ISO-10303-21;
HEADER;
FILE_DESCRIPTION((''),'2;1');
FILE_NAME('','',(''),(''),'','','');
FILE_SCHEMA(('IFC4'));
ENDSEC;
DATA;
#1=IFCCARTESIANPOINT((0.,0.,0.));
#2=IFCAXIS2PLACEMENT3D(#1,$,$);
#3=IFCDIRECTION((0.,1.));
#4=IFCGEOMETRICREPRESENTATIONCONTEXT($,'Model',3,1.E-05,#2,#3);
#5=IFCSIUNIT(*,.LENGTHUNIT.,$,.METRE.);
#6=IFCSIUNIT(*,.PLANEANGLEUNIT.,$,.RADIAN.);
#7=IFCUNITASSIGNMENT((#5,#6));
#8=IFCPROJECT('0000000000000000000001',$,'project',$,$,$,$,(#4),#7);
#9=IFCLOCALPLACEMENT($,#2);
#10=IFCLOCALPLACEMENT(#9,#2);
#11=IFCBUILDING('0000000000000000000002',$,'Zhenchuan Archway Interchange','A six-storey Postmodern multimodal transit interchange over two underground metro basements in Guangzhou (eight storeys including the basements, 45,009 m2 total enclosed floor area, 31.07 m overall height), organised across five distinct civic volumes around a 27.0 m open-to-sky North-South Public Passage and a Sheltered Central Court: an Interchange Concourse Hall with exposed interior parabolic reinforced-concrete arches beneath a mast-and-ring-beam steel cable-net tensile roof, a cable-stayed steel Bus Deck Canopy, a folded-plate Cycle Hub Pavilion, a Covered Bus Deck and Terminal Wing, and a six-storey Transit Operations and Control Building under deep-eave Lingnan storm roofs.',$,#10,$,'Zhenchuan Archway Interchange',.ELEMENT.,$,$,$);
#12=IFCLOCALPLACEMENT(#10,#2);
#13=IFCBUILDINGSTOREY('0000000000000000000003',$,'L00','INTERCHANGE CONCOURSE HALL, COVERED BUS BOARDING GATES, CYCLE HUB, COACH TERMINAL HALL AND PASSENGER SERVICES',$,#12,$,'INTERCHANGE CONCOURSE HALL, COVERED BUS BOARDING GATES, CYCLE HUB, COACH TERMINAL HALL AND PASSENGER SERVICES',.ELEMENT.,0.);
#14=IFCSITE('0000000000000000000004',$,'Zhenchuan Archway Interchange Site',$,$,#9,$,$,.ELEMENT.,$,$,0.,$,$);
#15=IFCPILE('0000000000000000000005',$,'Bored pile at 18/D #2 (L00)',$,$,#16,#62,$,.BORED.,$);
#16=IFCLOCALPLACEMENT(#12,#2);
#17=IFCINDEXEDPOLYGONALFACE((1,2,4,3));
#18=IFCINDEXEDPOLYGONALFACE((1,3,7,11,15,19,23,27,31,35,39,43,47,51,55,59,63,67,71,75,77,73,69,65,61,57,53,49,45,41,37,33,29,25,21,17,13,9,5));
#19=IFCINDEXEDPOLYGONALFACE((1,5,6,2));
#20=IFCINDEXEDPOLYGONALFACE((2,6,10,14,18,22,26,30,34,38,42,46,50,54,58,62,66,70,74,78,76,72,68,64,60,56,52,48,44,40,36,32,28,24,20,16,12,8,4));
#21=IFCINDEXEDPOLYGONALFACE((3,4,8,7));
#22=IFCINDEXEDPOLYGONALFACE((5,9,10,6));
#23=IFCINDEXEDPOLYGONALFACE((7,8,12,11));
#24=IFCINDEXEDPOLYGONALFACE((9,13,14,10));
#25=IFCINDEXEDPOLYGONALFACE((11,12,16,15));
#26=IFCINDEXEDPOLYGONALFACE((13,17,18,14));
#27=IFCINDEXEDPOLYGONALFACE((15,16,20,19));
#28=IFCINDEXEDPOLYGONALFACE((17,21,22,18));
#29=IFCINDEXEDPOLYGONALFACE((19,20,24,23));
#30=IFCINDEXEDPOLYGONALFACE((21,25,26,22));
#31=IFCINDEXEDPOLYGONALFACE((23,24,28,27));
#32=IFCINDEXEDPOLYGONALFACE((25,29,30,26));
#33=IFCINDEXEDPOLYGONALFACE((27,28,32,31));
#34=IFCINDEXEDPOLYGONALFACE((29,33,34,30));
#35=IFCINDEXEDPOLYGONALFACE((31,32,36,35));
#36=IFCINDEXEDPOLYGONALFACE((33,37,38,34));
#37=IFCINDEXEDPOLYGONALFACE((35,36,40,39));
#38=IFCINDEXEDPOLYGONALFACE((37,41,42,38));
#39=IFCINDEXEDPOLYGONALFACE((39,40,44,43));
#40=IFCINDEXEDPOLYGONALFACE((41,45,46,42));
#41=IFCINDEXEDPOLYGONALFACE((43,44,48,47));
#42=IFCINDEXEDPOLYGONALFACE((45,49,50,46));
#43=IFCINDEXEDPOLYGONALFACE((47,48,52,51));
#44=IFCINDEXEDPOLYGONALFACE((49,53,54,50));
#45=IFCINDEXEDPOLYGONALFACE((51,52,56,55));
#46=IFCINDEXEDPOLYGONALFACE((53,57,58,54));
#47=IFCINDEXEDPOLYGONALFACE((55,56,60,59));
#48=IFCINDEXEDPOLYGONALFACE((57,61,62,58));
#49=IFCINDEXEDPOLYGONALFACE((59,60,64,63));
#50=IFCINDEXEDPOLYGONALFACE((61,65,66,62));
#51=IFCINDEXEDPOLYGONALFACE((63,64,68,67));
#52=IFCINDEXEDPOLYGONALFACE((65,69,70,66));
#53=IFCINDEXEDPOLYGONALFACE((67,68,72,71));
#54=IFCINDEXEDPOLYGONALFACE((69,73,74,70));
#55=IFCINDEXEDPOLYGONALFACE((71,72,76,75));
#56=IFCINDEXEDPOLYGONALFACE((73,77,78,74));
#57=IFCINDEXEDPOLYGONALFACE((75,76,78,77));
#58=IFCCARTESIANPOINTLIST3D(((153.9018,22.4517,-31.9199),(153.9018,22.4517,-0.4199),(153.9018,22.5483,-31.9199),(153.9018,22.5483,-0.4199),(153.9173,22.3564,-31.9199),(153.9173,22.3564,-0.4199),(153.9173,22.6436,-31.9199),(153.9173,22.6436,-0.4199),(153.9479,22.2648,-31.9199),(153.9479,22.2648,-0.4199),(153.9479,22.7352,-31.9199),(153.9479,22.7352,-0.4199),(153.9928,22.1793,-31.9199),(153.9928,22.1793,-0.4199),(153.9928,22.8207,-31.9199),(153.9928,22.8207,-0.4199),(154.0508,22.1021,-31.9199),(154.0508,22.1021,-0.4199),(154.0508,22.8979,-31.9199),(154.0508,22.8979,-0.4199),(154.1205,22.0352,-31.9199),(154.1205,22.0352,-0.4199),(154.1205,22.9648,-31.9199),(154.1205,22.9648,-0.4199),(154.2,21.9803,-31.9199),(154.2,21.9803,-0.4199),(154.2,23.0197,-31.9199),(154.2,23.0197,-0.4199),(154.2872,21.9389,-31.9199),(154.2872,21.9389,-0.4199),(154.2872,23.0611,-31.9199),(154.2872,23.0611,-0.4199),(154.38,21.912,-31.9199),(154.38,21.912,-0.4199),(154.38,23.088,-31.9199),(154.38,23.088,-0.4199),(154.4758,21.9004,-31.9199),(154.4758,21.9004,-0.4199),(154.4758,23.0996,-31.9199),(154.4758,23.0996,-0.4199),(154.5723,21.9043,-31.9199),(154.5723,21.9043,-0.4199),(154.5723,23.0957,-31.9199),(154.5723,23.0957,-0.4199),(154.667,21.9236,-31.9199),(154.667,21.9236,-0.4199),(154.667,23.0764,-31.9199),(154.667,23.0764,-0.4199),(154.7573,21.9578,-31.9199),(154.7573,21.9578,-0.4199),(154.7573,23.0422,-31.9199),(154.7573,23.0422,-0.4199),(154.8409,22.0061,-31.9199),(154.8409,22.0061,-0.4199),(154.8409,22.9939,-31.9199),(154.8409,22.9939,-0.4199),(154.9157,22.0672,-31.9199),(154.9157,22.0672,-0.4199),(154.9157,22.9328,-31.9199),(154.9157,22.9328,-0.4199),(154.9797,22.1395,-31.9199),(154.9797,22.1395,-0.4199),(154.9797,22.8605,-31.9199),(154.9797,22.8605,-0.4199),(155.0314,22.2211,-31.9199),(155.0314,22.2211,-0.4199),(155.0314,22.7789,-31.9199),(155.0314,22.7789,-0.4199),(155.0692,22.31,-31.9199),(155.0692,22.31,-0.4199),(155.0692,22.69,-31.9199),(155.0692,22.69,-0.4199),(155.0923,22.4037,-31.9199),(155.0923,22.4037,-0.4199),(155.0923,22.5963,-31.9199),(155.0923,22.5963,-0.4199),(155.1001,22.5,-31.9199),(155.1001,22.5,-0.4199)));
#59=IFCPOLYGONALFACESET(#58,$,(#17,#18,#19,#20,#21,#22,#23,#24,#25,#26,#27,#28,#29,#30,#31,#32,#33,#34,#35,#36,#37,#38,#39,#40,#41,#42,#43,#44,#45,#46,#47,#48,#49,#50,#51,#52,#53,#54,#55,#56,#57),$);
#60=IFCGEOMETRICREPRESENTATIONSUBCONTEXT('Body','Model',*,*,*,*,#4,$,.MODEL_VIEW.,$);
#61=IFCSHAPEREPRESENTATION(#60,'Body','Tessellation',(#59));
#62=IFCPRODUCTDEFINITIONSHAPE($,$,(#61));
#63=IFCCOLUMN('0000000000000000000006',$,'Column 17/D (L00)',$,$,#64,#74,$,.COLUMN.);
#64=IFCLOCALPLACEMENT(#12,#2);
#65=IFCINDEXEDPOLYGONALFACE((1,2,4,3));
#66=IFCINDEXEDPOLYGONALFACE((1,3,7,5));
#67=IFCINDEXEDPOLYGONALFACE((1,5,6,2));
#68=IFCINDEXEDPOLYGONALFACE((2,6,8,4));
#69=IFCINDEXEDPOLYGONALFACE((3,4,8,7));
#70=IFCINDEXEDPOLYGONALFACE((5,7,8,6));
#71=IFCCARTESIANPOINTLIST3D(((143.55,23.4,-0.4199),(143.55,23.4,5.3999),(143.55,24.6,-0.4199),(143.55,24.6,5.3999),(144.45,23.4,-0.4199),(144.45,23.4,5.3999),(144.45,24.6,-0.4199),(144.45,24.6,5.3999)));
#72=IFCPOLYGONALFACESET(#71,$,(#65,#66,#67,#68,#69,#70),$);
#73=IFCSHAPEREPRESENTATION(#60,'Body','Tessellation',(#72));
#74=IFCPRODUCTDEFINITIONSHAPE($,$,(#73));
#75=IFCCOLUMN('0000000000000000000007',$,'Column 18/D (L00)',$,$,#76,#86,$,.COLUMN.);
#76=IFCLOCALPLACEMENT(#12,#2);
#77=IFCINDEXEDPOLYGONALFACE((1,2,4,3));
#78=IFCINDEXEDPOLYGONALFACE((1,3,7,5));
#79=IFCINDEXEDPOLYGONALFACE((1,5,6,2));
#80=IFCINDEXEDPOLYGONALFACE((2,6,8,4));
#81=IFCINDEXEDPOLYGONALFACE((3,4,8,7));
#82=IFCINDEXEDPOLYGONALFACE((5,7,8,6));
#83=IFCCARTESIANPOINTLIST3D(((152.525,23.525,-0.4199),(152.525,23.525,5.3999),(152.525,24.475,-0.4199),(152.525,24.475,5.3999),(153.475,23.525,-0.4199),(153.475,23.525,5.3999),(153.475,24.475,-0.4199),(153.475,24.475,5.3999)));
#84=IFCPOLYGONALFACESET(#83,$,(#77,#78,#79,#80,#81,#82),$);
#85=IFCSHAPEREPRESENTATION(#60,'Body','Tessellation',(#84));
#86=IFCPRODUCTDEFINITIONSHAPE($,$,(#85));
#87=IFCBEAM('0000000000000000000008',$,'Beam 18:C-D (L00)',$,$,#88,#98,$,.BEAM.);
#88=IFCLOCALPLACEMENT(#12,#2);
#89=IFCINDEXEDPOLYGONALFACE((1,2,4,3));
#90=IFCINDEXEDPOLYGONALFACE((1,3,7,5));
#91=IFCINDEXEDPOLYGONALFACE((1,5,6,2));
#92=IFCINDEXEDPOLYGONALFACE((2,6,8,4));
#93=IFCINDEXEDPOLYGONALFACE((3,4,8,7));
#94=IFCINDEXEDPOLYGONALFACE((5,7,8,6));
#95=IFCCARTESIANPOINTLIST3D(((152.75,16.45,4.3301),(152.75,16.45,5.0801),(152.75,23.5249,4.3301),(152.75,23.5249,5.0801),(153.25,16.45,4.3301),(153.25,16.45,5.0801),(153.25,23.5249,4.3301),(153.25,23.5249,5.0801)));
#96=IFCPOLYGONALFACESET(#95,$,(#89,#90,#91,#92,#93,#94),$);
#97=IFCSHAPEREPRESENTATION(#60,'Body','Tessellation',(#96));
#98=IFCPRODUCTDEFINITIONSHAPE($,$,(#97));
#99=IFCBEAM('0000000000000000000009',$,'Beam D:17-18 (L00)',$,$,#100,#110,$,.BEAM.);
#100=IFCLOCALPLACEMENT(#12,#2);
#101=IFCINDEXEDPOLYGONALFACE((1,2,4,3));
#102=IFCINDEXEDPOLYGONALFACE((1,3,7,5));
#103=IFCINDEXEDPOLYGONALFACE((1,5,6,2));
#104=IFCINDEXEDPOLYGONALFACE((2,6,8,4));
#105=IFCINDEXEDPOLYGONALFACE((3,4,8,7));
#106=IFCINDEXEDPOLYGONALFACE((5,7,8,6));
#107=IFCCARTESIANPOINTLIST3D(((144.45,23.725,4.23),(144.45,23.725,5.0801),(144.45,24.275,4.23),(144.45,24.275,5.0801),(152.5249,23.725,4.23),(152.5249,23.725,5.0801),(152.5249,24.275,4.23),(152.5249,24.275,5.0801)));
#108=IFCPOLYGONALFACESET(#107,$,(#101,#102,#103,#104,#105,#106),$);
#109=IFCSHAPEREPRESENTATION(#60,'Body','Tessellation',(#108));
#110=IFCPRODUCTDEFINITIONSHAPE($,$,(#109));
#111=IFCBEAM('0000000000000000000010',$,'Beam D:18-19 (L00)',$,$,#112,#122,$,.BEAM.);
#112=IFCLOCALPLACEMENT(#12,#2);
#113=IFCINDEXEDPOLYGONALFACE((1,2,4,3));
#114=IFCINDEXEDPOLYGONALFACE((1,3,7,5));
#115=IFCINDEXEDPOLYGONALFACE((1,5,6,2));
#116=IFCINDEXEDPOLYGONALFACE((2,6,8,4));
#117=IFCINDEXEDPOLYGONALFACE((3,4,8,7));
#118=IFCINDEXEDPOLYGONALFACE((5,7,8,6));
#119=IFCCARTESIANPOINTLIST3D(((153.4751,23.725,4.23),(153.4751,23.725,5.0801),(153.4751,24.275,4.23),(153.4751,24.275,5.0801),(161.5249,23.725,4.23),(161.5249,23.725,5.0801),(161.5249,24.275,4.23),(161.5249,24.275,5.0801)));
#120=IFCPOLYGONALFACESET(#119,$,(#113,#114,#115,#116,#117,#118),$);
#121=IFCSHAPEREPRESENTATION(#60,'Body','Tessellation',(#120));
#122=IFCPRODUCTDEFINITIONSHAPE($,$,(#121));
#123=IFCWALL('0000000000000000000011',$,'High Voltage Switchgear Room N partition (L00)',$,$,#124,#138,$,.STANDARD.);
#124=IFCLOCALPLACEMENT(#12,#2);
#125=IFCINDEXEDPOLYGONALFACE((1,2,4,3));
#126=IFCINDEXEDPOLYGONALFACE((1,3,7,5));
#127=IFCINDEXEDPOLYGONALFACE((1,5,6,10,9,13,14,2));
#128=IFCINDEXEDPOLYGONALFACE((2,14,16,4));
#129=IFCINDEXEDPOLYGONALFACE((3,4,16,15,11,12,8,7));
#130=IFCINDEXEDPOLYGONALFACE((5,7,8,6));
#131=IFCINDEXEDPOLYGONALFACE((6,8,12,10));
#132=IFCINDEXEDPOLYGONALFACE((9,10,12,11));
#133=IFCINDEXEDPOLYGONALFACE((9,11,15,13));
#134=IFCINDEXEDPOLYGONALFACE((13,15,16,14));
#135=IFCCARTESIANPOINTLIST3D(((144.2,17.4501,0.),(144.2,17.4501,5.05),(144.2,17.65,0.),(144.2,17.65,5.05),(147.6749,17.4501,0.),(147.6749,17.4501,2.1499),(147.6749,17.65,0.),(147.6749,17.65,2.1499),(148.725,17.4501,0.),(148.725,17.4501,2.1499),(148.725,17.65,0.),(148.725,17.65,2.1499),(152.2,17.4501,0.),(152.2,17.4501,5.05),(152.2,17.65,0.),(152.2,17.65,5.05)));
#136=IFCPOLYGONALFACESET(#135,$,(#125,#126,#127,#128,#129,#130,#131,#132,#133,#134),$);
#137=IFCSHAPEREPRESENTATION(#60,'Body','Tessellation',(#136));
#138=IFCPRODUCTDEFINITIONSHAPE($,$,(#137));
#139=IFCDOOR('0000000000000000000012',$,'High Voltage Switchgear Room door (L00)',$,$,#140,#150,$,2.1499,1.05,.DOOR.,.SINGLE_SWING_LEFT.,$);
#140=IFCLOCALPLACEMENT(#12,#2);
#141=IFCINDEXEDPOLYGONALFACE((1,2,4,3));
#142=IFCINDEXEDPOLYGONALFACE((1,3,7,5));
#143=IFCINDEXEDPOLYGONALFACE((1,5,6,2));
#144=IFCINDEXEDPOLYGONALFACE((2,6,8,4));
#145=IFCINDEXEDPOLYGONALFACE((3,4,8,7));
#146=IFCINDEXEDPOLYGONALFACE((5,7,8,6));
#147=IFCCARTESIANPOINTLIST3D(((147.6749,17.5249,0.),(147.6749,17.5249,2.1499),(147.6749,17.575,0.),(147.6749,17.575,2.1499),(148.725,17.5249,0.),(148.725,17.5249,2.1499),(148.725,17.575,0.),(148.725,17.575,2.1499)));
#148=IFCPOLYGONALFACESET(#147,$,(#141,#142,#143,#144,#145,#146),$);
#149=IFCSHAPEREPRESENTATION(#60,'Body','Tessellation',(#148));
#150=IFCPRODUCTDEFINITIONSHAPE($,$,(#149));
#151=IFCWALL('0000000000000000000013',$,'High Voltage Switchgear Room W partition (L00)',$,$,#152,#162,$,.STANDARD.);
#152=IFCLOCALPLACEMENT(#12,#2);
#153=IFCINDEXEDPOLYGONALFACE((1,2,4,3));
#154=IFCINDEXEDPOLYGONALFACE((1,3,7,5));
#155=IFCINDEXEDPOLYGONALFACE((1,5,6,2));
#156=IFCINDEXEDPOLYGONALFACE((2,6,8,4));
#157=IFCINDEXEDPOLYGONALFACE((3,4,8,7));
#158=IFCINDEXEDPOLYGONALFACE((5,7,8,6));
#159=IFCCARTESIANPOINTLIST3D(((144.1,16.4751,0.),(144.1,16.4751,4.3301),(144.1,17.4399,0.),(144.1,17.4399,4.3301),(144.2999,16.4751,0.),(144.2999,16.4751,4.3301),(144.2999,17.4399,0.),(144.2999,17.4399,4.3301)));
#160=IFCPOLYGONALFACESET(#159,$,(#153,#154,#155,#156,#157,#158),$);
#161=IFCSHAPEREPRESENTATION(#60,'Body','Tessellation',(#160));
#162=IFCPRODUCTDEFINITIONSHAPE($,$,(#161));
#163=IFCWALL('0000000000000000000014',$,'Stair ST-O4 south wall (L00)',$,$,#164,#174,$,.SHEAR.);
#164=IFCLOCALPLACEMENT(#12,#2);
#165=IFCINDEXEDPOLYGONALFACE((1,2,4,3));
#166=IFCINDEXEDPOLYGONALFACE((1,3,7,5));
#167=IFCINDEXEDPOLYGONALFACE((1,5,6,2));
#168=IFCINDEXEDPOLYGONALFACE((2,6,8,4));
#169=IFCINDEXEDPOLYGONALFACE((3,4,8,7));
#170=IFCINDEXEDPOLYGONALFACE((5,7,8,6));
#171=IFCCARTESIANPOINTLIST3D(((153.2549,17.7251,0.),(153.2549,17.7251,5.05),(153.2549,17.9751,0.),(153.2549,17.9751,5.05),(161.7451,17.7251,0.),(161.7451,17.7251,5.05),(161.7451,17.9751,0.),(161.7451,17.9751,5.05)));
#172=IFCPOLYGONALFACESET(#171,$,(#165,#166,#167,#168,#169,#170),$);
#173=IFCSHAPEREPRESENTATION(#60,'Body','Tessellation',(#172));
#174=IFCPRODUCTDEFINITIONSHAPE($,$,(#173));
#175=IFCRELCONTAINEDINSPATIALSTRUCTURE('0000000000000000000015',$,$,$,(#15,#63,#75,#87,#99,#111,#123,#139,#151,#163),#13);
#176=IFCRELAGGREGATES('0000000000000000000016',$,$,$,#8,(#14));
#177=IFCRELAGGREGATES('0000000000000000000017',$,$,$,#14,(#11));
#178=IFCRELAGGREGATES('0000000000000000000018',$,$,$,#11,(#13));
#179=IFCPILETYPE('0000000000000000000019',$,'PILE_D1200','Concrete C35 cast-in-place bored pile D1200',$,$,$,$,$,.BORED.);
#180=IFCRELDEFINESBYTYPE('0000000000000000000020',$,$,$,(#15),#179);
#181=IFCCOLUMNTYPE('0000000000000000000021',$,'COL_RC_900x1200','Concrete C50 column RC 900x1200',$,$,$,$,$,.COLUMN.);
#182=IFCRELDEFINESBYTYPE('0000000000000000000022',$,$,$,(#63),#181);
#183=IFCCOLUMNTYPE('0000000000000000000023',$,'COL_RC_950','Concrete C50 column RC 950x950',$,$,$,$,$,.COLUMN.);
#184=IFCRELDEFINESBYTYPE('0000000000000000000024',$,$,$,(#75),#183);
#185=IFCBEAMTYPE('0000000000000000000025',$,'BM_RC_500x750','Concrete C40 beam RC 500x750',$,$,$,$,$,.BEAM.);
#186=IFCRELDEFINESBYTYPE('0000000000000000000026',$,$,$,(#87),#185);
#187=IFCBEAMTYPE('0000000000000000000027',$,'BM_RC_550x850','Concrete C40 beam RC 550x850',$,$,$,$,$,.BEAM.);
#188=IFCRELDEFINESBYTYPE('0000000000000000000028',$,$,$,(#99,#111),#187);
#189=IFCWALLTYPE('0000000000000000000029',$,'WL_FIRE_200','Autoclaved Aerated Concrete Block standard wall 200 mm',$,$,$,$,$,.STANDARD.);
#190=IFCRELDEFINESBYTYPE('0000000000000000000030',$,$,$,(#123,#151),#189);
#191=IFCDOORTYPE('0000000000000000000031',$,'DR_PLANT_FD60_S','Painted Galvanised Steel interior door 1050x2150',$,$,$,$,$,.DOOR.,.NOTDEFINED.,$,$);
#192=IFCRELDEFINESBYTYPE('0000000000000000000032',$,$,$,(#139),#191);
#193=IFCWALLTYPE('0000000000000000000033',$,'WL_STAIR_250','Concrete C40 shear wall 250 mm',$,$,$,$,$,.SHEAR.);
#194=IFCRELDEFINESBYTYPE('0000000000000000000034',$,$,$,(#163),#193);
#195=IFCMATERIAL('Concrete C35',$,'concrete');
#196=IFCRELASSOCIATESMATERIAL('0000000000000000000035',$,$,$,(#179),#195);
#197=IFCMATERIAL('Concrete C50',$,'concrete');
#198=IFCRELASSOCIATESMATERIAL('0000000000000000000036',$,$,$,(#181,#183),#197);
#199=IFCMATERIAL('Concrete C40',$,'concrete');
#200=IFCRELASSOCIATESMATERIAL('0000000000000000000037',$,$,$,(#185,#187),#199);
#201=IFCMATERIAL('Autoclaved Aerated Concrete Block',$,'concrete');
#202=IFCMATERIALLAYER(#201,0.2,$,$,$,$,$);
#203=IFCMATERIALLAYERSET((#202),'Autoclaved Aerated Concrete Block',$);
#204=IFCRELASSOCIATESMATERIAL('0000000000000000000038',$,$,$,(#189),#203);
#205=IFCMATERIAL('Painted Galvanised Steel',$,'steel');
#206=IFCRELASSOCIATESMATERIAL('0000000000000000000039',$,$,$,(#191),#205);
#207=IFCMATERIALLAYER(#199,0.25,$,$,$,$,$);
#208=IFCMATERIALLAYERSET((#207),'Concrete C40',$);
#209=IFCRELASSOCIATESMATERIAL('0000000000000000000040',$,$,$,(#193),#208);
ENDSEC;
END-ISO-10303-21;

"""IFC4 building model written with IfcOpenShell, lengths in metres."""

from ifc_helpers import new_model, si_unit, direction, frame, frame_2d, origin, origin_2d, place, context, subcontext, project, spatial, rectangle, circle, extrude, material, layer, layer_set, material_profile, profile_set, type_object, element, fill, save


model = new_model("IFC4")

# Units and contexts
model_context = context("Model", 3, precision=1e-05, world=origin(), true_north=direction((0.0, 1.0)))
body_context = subcontext(model_context, "Body", "Model", "MODEL_VIEW")
ifc_project = project(units=[si_unit("LENGTHUNIT", "METRE"), si_unit("PLANEANGLEUNIT", "RADIAN")], contexts=[model_context])

# Site, building, storey
site_placement = place(None, origin())
site = spatial("IfcSite", under=ifc_project, at=site_placement, Name="Zhenchuan Archway Interchange Site", CompositionType="ELEMENT", RefElevation=0.0)
building_placement = place(site_placement, origin())
building = spatial("IfcBuilding", under=site, at=building_placement, Name="Zhenchuan Archway Interchange", Description="A six-storey Postmodern multimodal transit interchange over two underground metro basements in Guangzhou (eight storeys including the basements, 45,009 m2 total enclosed floor area, 31.07 m overall height), organised across five distinct civic volumes around a 27.0 m open-to-sky North-South Public Passage and a Sheltered Central Court: an Interchange Concourse Hall with exposed interior parabolic reinforced-concrete arches beneath a mast-and-ring-beam steel cable-net tensile roof, a cable-stayed steel Bus Deck Canopy, a folded-plate Cycle Hub Pavilion, a Covered Bus Deck and Terminal Wing, and a six-storey Transit Operations and Control Building under deep-eave Lingnan storm roofs.", LongName="Zhenchuan Archway Interchange", CompositionType="ELEMENT")
storey_placement = place(building_placement, origin())
storey = spatial("IfcBuildingStorey", under=building, at=storey_placement, Name="L00", Description="INTERCHANGE CONCOURSE HALL, COVERED BUS BOARDING GATES, CYCLE HUB, COACH TERMINAL HALL AND PASSENGER SERVICES", LongName="INTERCHANGE CONCOURSE HALL, COVERED BUS BOARDING GATES, CYCLE HUB, COACH TERMINAL HALL AND PASSENGER SERVICES", CompositionType="ELEMENT", Elevation=0.0)

# Shared definitions
ifc_material_1 = material(Name="Concrete C40", Category="concrete")

# Pile
ifc_material_2 = material(Name="Concrete C35", Category="concrete")
ifc_material_profile_1 = material_profile(ifc_material_2, circle(Radius=0.6001, at=origin_2d()), Name="BORED PILE 1200")
ifc_profile_set_1 = profile_set([ifc_material_profile_1], Name="Concrete C35")
pile_type_1 = type_object("IfcPileType", Name="PILE_D1200", Description="Concrete C35 cast-in-place bored pile D1200", PredefinedType="BORED", material=ifc_profile_set_1)
for number, where, z_axis, x_axis, name in (
    (1, (154.5, 22.5, -0.4199), (0.0, 0.0, -1.0), (1.0, 0.0, 0.0), "Bored pile at 18/D #2 (L00)"),
):
    element("IfcPile", number, at=place(storey_placement, frame(where, z_axis=z_axis, x_axis=x_axis)), inside=storey, type_object=pile_type_1, Name=name, PredefinedType="BORED", context=body_context, shape_type="SweptSolid", body=[
        extrude(circle(Radius=0.6001, at=origin_2d()), origin(), (0.0, 0.0, 1.0), 31.5),
    ])

# Columns
ifc_material_3 = material(Name="Concrete C50", Category="concrete")
ifc_material_profile_2 = material_profile(ifc_material_3, rectangle(XDim=0.8999, YDim=1.2, at=origin_2d()), Name="RC 900x1200")
ifc_profile_set_2 = profile_set([ifc_material_profile_2], Name="Concrete C50")
column_type_1 = type_object("IfcColumnType", Name="COL_RC_900x1200", Description="Concrete C50 column RC 900x1200", PredefinedType="COLUMN", material=ifc_profile_set_2)
column_1_placement = place(storey_placement, frame((144.0, 24.0, -0.4199), z_axis=(0.0, 0.0, 1.0), x_axis=(1.0, 0.0, 0.0)))
element("IfcColumn", 2, at=column_1_placement, inside=storey, type_object=column_type_1, Name="Column 17/D (L00)", PredefinedType="COLUMN", context=body_context, shape_type="SweptSolid", body=[
    extrude(rectangle(XDim=0.8999, YDim=1.2, at=origin_2d()), origin(), (0.0, 0.0, 1.0), 5.8198),
])
ifc_material_profile_3 = material_profile(ifc_material_3, rectangle(XDim=0.95, YDim=0.95, at=origin_2d()), Name="RC 950x950")
ifc_profile_set_3 = profile_set([ifc_material_profile_3], Name="Concrete C50")
column_type_2 = type_object("IfcColumnType", Name="COL_RC_950", Description="Concrete C50 column RC 950x950", PredefinedType="COLUMN", material=ifc_profile_set_3)
column_2_placement = place(storey_placement, frame((153.0, 24.0, -0.4199), z_axis=(0.0, 0.0, 1.0), x_axis=(1.0, 0.0, 0.0)))
element("IfcColumn", 3, at=column_2_placement, inside=storey, type_object=column_type_2, Name="Column 18/D (L00)", PredefinedType="COLUMN", context=body_context, shape_type="SweptSolid", body=[
    extrude(rectangle(XDim=0.95, YDim=0.95, at=origin_2d()), origin(), (0.0, 0.0, 1.0), 5.8198),
])

# Beams
ifc_material_profile_4 = material_profile(ifc_material_1, rectangle(XDim=0.5, YDim=0.75, at=origin_2d()), Name="RC 500x750")
ifc_profile_set_4 = profile_set([ifc_material_profile_4], Name="Concrete C40")
beam_type_1 = type_object("IfcBeamType", Name="BM_RC_500x750", Description="Concrete C40 beam RC 500x750", PredefinedType="BEAM", material=ifc_profile_set_4)
beam_1_placement = place(storey_placement, frame((153.0, 16.45, 4.7051), z_axis=(0.0, 1.0, 0.0), x_axis=(-1.0, 0.0, 0.0)))
element("IfcBeam", 4, at=beam_1_placement, inside=storey, type_object=beam_type_1, Name="Beam 18:C-D (L00)", PredefinedType="BEAM", context=body_context, shape_type="SweptSolid", body=[
    extrude(rectangle(XDim=0.5, YDim=0.75, at=origin_2d()), origin(), (0.0, 0.0, 1.0), 7.075),
])
ifc_material_profile_5 = material_profile(ifc_material_1, rectangle(XDim=0.55, YDim=0.8501, at=origin_2d()), Name="RC 550x850")
ifc_profile_set_5 = profile_set([ifc_material_profile_5], Name="Concrete C40")
beam_type_2 = type_object("IfcBeamType", Name="BM_RC_550x850", Description="Concrete C40 beam RC 550x850", PredefinedType="BEAM", material=ifc_profile_set_5)
beam_2_placement = place(storey_placement, frame((144.45, 24.0, 4.655), z_axis=(1.0, 0.0, 0.0), x_axis=(0.0, 1.0, 0.0)))
element("IfcBeam", 5, at=beam_2_placement, inside=storey, type_object=beam_type_2, Name="Beam D:17-18 (L00)", PredefinedType="BEAM", context=body_context, shape_type="SweptSolid", body=[
    extrude(rectangle(XDim=0.55, YDim=0.8501, at=origin_2d()), origin(), (0.0, 0.0, 1.0), 8.075),
])
beam_3_placement = place(storey_placement, frame((153.4751, 24.0, 4.655), z_axis=(1.0, 0.0, 0.0), x_axis=(0.0, 1.0, 0.0)))
element("IfcBeam", 6, at=beam_3_placement, inside=storey, type_object=beam_type_2, Name="Beam D:18-19 (L00)", PredefinedType="BEAM", context=body_context, shape_type="SweptSolid", body=[
    extrude(rectangle(XDim=0.55, YDim=0.8501, at=origin_2d()), origin(), (0.0, 0.0, 1.0), 8.0498),
])

# Wall, opening, door
ifc_material_4 = material(Name="Autoclaved Aerated Concrete Block", Category="concrete")
ifc_layer_1 = layer(ifc_material_4, 0.2)
ifc_layer_set_1 = layer_set([ifc_layer_1], Name="Autoclaved Aerated Concrete Block")
wall_type_1 = type_object("IfcWallType", Name="WL_FIRE_200", Description="Autoclaved Aerated Concrete Block standard wall 200 mm", PredefinedType="STANDARD", material=ifc_layer_set_1)
wall_1_placement = place(storey_placement, frame((144.2, 17.55, 0.0), z_axis=(0.0, 0.0, 1.0), x_axis=(1.0, 0.0, 0.0)))
wall_1 = element("IfcWall", 7, at=wall_1_placement, inside=storey, type_object=wall_type_1, Name="High Voltage Switchgear Room N partition (L00)", PredefinedType="STANDARD", context=body_context, shape_type="SweptSolid", body=[
    extrude(rectangle(XDim=8.0, YDim=0.2, at=frame_2d((4.0, 0.0))), origin(), (0.0, 0.0, 1.0), 5.05),
])
opening_placement = place(wall_1_placement, frame((3.4751, 0.0, 0.0)))
opening = element("IfcOpeningElement", 8, at=opening_placement, cuts=wall_1, PredefinedType="OPENING", context=body_context, shape_type="SweptSolid", body=[
    extrude(rectangle(XDim=1.05, YDim=2.1499, at=frame_2d((0.5249, 1.075))), frame((0.0, 0.1118, 0.0), z_axis=(0.0, -1.0, 0.0), x_axis=(1.0, 0.0, 0.0)), (0.0, 0.0, 1.0), 0.2239),
])
ifc_material_5 = material(Name="Painted Galvanised Steel", Category="steel")
door_type = type_object("IfcDoorType", Name="DR_PLANT_FD60_S", Description="Painted Galvanised Steel interior door 1050x2150", OperationType="NOTDEFINED", PredefinedType="DOOR", material=ifc_material_5)
door_placement = place(opening_placement, origin())
door = element("IfcDoor", 9, at=door_placement, inside=storey, type_object=door_type, Name="High Voltage Switchgear Room door (L00)", OperationType="SINGLE_SWING_LEFT", OverallHeight=2.1499, OverallWidth=1.05, PredefinedType="DOOR", context=body_context, shape_type="SweptSolid", body=[
    extrude(rectangle(XDim=1.05, YDim=2.1499, at=frame_2d((0.5249, 1.075))), frame((0.0, 0.0249, 0.0), z_axis=(0.0, -1.0, 0.0), x_axis=(1.0, 0.0, 0.0)), (0.0, 0.0, 1.0), 0.05),
])
fill(opening, door)

# Walls
wall_2_placement = place(storey_placement, frame((144.2, 16.4751, 0.0), z_axis=(0.0, 0.0, 1.0), x_axis=(0.0, 1.0, 0.0)))
element("IfcWall", 10, at=wall_2_placement, inside=storey, type_object=wall_type_1, Name="High Voltage Switchgear Room W partition (L00)", PredefinedType="STANDARD", context=body_context, shape_type="SweptSolid", body=[
    extrude(rectangle(XDim=0.9648, YDim=0.2, at=frame_2d((0.4824, 0.0))), origin(), (0.0, 0.0, 1.0), 4.3301),
])
ifc_layer_2 = layer(ifc_material_1, 0.25)
ifc_layer_set_2 = layer_set([ifc_layer_2], Name="Concrete C40")
wall_type_2 = type_object("IfcWallType", Name="WL_STAIR_250", Description="Concrete C40 shear wall 250 mm", PredefinedType="SHEAR", material=ifc_layer_set_2)
wall_3_placement = place(storey_placement, frame((153.2549, 17.8501, 0.0), z_axis=(0.0, 0.0, 1.0), x_axis=(1.0, 0.0, 0.0)))
element("IfcWall", 11, at=wall_3_placement, inside=storey, type_object=wall_type_2, Name="Stair ST-O4 south wall (L00)", PredefinedType="SHEAR", context=body_context, shape_type="SweptSolid", body=[
    extrude(rectangle(XDim=8.4902, YDim=0.25, at=frame_2d((4.2451, 0.0))), origin(), (0.0, 0.0, 1.0), 5.05),
])

save(model, "model.ifc")
